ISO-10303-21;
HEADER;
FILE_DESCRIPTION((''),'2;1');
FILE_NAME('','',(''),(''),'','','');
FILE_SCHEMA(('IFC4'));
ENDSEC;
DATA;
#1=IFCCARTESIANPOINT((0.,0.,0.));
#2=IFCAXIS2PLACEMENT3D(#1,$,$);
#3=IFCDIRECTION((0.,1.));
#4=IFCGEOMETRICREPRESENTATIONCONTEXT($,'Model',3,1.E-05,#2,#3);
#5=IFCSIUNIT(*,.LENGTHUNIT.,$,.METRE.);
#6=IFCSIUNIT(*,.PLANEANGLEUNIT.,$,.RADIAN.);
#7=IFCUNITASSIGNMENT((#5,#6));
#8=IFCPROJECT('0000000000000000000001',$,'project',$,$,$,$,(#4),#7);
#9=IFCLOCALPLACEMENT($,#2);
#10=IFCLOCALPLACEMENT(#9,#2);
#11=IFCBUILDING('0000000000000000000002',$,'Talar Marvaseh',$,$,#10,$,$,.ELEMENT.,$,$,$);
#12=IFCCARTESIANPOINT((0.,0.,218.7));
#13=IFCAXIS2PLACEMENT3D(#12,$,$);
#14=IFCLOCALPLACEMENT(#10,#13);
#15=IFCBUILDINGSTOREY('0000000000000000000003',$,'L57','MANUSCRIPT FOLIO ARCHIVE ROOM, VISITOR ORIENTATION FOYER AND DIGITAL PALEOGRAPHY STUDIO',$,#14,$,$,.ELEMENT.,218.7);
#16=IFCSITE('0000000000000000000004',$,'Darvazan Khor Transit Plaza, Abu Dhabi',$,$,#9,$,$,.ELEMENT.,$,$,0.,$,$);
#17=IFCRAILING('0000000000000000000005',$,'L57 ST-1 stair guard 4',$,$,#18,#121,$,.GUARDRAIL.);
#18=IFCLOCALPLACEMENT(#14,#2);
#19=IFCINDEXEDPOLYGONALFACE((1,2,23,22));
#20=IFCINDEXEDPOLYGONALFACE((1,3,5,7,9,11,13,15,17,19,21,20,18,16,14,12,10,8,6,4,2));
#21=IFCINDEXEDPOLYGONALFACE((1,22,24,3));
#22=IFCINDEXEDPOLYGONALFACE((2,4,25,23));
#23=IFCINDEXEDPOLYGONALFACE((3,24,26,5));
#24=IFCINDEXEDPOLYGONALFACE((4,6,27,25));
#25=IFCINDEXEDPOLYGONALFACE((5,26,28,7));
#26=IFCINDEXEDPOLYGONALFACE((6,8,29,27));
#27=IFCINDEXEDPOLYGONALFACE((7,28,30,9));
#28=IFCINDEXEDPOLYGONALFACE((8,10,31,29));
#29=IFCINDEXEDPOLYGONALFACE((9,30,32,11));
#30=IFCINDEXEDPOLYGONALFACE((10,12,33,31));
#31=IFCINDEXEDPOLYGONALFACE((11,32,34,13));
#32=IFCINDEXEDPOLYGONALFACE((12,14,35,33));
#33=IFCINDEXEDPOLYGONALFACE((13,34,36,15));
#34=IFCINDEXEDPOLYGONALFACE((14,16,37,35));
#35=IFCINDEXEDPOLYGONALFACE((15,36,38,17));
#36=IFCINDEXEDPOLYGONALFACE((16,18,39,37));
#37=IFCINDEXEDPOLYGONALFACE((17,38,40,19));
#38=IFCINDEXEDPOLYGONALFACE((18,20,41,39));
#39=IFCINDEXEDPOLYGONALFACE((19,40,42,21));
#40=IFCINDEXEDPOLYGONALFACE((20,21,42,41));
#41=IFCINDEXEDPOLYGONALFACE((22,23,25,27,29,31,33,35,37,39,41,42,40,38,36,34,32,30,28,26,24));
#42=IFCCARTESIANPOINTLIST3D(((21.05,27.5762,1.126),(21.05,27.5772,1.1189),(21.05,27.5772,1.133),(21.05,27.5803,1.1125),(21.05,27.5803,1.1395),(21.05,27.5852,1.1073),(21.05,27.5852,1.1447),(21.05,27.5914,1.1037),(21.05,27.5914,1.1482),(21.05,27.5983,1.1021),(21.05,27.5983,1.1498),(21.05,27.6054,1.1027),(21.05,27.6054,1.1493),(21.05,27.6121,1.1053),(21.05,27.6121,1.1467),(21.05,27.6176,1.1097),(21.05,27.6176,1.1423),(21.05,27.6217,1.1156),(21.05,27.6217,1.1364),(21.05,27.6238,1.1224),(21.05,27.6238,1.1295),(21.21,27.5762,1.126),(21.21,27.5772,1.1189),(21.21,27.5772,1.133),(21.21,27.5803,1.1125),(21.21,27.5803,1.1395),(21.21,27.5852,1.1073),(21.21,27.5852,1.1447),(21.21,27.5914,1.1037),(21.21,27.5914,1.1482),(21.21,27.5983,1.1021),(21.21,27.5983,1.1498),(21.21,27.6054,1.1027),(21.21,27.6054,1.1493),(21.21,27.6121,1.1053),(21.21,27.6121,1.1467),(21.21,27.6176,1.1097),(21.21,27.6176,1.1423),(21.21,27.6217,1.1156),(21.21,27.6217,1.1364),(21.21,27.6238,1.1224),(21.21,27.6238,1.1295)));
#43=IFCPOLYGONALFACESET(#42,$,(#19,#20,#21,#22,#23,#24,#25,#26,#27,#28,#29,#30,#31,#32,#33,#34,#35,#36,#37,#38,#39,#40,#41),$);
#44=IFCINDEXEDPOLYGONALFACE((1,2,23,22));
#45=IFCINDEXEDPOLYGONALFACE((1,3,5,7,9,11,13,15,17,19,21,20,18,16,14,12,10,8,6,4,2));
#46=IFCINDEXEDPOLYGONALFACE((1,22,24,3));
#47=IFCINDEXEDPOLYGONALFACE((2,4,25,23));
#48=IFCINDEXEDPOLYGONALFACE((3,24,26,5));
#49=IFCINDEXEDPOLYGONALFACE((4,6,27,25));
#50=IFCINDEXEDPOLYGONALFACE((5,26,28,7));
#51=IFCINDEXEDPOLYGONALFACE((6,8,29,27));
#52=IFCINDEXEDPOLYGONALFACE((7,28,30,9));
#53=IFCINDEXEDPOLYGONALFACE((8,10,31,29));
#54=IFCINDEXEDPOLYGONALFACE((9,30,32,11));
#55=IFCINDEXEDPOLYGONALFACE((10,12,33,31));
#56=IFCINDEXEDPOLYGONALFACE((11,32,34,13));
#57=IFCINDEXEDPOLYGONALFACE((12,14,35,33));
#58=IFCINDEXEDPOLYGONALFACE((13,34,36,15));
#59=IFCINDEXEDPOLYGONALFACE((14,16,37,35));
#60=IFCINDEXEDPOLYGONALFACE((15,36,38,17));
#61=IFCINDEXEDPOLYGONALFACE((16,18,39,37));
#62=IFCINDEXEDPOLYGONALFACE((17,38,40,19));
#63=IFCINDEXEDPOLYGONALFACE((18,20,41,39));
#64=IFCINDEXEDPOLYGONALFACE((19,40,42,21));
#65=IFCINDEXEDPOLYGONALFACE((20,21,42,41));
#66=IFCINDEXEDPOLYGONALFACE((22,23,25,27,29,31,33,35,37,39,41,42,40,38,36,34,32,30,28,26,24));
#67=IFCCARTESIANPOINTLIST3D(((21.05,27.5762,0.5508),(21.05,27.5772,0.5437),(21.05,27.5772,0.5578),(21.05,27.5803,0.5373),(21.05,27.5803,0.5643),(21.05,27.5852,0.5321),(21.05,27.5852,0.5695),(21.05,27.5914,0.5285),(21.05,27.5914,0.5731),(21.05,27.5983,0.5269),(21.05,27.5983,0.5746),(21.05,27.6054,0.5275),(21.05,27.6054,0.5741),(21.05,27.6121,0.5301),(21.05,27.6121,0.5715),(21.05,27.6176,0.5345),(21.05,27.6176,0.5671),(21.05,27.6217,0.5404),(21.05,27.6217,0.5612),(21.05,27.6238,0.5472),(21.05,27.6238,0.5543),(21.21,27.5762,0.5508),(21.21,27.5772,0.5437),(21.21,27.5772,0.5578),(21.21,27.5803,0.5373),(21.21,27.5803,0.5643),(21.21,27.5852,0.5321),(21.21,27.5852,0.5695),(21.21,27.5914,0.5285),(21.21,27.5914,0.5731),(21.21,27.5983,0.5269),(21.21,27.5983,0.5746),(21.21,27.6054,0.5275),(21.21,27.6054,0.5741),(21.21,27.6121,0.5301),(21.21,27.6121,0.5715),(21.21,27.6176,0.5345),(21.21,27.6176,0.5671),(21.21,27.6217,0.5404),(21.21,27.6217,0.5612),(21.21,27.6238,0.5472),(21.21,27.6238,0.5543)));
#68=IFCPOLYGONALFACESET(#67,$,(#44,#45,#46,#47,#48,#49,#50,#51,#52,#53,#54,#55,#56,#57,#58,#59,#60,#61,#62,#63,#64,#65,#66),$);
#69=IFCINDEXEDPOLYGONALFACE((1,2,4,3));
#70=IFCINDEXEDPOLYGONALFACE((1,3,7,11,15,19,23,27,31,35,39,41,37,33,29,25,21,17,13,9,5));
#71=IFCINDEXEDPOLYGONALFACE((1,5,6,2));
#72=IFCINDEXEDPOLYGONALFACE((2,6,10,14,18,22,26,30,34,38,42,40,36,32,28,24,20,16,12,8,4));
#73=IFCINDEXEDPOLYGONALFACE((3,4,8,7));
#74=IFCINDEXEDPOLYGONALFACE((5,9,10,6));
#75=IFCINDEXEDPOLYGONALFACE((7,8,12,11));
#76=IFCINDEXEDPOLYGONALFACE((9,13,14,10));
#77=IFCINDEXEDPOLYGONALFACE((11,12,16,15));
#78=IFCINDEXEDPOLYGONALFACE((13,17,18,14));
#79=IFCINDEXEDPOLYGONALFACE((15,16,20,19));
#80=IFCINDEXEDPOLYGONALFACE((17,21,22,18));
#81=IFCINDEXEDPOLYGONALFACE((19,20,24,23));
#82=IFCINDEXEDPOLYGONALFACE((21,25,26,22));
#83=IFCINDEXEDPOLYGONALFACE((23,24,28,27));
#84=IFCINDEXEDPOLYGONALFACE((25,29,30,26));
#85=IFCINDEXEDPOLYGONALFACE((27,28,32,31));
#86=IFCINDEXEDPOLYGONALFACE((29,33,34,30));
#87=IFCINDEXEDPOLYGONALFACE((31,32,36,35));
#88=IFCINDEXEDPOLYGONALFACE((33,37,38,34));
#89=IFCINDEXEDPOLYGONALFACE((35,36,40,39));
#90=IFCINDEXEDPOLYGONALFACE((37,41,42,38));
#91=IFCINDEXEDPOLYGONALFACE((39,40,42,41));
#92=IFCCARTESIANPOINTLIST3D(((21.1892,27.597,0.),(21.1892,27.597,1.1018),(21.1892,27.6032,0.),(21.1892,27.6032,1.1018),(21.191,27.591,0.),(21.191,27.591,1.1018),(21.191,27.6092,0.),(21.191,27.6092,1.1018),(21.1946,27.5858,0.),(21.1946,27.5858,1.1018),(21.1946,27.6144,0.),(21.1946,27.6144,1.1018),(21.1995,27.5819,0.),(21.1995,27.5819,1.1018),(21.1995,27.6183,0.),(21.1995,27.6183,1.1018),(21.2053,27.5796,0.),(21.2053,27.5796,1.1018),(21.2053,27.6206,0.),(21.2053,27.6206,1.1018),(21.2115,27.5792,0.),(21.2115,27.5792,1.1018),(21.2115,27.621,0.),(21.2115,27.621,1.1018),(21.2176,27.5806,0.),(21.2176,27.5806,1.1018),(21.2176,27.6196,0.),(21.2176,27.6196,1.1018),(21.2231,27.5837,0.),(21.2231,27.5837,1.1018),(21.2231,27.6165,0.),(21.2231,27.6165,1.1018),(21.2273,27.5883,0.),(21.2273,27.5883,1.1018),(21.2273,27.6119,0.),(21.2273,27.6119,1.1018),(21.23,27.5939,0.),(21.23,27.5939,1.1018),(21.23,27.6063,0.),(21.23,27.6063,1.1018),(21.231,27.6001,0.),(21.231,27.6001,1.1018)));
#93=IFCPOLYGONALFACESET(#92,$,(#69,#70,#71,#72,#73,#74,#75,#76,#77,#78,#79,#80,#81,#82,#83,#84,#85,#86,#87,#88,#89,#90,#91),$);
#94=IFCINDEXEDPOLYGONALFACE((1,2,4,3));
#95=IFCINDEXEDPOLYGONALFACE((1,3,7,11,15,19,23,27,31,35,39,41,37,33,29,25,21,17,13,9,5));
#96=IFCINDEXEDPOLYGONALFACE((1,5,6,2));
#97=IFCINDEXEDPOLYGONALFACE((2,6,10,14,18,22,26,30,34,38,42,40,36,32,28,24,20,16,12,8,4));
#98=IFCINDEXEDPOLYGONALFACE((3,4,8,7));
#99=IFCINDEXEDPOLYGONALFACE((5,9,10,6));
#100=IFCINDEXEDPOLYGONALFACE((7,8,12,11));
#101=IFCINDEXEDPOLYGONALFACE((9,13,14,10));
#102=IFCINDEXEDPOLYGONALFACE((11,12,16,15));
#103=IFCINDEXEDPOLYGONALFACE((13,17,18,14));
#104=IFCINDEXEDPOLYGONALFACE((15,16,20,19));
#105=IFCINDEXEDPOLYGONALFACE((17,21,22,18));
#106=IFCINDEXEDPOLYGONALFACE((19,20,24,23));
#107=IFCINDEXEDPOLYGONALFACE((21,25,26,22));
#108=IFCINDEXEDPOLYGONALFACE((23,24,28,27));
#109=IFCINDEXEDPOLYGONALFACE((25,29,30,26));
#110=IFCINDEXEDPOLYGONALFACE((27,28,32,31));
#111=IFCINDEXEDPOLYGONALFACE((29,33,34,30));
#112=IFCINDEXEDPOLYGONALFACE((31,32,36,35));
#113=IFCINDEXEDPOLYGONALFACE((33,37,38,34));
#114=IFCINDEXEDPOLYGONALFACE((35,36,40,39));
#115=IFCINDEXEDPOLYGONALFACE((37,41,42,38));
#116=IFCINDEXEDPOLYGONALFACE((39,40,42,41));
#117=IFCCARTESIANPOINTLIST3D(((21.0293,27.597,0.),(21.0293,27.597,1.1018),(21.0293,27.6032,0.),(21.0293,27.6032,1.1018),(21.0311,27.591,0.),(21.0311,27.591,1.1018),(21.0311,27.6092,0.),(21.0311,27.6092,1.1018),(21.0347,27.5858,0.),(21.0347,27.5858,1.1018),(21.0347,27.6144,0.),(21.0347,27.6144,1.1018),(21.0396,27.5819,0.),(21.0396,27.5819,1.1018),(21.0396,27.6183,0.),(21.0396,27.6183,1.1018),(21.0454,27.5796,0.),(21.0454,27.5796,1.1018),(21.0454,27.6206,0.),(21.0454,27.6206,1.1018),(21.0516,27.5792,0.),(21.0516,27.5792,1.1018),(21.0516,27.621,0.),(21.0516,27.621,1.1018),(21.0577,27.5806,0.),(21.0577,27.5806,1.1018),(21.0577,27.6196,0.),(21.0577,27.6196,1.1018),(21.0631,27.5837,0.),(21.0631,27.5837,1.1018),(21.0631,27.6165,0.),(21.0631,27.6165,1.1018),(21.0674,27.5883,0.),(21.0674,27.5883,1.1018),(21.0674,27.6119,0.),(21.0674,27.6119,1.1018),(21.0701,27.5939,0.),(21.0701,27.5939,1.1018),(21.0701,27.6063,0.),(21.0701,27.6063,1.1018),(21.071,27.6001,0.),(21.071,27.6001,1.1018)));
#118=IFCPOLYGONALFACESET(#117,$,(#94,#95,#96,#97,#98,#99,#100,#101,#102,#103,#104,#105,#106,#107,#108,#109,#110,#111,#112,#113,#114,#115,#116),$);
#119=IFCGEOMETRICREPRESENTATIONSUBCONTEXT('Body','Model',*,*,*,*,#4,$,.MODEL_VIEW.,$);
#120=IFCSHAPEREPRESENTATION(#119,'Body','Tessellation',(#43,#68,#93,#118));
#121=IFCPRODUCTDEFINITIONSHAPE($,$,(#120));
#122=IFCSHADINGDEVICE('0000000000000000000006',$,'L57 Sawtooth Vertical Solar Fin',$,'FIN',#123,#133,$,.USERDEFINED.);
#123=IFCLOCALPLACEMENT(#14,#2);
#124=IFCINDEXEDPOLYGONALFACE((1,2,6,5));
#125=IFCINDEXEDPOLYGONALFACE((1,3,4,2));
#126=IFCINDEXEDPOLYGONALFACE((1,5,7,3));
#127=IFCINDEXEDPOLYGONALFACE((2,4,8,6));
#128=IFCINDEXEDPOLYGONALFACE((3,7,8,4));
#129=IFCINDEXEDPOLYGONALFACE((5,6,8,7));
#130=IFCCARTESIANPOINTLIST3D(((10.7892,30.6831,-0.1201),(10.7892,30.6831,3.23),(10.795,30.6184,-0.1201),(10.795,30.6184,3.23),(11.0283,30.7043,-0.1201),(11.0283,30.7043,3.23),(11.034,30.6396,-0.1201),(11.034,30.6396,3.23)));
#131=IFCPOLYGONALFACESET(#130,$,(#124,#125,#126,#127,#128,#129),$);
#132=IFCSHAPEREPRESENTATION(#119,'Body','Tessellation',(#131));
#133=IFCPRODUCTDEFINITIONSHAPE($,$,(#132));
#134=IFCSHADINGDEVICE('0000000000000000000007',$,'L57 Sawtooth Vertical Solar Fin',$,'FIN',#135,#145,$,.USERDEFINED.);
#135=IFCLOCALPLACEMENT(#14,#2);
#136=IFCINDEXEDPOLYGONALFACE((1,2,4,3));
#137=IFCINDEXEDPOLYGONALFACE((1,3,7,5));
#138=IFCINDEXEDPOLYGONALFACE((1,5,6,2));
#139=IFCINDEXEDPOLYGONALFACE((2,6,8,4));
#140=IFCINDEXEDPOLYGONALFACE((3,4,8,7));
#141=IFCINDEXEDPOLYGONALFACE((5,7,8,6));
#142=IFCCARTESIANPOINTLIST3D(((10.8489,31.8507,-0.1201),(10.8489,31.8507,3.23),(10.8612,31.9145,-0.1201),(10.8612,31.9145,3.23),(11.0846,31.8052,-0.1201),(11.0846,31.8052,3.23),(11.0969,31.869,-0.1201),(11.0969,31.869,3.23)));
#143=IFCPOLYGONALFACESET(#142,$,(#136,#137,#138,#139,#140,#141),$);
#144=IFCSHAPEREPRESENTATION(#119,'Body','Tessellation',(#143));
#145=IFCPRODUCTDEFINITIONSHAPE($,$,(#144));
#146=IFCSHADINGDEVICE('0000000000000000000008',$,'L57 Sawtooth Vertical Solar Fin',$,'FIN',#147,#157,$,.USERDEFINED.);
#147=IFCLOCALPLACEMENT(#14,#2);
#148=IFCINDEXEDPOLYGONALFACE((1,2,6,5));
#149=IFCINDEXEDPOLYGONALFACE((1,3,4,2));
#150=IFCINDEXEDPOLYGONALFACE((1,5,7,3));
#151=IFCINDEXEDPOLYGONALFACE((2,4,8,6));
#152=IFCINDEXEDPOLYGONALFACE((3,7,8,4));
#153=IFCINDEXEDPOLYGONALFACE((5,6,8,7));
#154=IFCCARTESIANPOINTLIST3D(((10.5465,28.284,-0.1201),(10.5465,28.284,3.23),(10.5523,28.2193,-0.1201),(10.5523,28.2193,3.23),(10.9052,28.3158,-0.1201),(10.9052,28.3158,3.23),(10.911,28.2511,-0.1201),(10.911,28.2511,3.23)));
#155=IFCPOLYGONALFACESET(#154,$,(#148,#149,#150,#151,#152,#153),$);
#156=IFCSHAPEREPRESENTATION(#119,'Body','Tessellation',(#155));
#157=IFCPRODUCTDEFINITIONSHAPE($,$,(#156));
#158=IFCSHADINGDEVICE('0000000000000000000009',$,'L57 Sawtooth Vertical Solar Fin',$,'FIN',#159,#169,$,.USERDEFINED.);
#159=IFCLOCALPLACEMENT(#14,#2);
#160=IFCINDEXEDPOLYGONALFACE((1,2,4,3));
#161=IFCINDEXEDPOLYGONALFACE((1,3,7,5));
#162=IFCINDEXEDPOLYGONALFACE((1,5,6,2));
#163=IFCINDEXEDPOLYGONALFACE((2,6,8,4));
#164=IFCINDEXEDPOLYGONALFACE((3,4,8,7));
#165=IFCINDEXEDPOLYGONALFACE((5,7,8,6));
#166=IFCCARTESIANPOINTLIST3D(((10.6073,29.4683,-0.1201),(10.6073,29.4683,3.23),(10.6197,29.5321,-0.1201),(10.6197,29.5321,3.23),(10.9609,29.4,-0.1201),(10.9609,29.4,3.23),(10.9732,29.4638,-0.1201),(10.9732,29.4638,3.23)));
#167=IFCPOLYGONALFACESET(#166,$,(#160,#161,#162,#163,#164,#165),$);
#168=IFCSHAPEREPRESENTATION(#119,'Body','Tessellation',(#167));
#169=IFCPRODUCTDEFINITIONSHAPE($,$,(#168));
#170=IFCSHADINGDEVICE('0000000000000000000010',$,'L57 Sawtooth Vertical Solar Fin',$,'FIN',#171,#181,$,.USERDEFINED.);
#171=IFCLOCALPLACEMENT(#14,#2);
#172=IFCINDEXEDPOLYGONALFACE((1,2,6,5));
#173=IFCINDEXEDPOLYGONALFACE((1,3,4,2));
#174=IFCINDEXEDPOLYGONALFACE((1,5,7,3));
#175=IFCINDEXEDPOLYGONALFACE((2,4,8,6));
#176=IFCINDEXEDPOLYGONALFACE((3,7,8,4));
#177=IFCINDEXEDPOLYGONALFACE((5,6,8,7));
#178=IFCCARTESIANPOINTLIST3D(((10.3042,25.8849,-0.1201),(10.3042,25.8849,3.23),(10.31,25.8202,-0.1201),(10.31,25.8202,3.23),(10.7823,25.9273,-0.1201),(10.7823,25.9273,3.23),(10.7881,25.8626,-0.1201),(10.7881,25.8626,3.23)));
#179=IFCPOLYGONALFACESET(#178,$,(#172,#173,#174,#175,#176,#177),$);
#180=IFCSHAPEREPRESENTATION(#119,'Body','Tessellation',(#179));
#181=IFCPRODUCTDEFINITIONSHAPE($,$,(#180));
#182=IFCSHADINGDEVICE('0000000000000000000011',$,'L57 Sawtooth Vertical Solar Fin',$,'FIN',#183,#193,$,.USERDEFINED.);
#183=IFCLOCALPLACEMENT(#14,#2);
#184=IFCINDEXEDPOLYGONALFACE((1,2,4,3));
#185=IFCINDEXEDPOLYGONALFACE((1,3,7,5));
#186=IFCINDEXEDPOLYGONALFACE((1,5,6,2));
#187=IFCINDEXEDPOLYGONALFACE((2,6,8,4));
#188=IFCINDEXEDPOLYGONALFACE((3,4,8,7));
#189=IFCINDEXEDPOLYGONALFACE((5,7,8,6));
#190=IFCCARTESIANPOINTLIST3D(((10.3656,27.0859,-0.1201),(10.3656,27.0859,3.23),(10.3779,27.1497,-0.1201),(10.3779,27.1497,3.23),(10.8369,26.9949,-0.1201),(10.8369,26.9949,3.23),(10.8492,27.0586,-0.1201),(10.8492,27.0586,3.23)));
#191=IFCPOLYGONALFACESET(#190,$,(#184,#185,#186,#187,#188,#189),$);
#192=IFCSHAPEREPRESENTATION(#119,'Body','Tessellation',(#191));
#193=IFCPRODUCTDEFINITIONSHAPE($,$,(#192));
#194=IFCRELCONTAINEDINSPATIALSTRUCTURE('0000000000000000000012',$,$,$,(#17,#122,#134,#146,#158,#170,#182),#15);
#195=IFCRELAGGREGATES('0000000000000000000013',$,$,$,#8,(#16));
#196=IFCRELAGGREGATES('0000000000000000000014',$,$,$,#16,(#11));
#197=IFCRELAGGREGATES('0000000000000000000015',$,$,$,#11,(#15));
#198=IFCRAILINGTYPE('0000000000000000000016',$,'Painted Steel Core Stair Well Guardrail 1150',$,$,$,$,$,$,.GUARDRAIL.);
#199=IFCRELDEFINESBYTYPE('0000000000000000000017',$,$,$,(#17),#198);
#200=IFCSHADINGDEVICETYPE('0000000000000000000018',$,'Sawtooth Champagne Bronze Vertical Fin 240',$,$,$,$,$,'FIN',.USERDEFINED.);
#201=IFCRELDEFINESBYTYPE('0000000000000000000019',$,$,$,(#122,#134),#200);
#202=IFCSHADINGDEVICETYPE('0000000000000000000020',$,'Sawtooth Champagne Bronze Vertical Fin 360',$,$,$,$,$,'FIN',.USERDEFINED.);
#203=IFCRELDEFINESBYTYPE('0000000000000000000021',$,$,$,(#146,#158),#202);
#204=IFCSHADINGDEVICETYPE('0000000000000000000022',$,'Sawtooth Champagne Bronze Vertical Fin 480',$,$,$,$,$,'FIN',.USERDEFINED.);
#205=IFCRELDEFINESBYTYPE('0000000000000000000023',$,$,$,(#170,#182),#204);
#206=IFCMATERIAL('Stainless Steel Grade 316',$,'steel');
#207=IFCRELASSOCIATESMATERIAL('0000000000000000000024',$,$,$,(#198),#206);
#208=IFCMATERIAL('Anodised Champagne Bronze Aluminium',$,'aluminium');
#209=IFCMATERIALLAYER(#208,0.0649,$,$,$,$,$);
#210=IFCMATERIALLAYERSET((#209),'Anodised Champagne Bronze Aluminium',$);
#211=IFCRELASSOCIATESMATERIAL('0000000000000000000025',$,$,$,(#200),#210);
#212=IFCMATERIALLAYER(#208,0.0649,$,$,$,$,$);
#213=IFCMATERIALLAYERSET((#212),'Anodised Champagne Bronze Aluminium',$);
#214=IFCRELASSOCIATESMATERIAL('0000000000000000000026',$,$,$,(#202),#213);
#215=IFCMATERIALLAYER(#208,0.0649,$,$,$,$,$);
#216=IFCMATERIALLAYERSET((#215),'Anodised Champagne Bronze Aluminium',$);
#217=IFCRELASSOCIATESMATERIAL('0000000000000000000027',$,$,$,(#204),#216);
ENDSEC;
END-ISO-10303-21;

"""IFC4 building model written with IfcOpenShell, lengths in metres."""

from ifc_helpers import new_model, si_unit, direction, frame, origin, origin_2d, place, context, subcontext, project, spatial, rectangle, circle, extrude, source, transform, mapped, material, layer, layer_set, type_object, type_shapes, element, save


model = new_model("IFC4")

# Units and contexts
model_context = context("Model", 3, precision=1e-05, world=origin(), true_north=direction((0.0, 1.0)))
body_context = subcontext(model_context, "Body", "Model", "MODEL_VIEW")
ifc_project = project(units=[si_unit("LENGTHUNIT", "METRE"), si_unit("PLANEANGLEUNIT", "RADIAN")], contexts=[model_context])

# Site, building, storey
site_placement = place(None, origin())
site = spatial("IfcSite", under=ifc_project, at=site_placement, Name="Darvazan Khor Transit Plaza, Abu Dhabi", CompositionType="ELEMENT", RefElevation=0.0)
building_placement = place(site_placement, origin())
building = spatial("IfcBuilding", under=site, at=building_placement, Name="Talar Marvaseh", CompositionType="ELEMENT")
storey_placement = place(building_placement, frame((0.0, 0.0, 218.7)))
storey = spatial("IfcBuildingStorey", under=building, at=storey_placement, Name="L57", Description="MANUSCRIPT FOLIO ARCHIVE ROOM, VISITOR ORIENTATION FOYER AND DIGITAL PALEOGRAPHY STUDIO", CompositionType="ELEMENT", Elevation=218.7)

# Railing
ifc_material_1 = material(Name="Stainless Steel Grade 316", Category="steel")
railing_type_1 = type_object("IfcRailingType", Name="Painted Steel Core Stair Well Guardrail 1150", PredefinedType="GUARDRAIL", material=ifc_material_1)
railing_1_placement = place(storey_placement, frame((21.21, 27.6001, 0.0)))
element("IfcRailing", 1, at=railing_1_placement, inside=storey, type_object=railing_type_1, Name="L57 ST-1 stair guard 4", PredefinedType="GUARDRAIL", context=body_context, shape_type="SweptSolid", body=[
    extrude(circle(Radius=0.0239, at=origin_2d()), frame((0.0, 0.0, 1.126), z_axis=(-1.0, 0.0, 0.0), x_axis=(0.0, -1.0, 0.0)), (0.0, 0.0, 1.0), 0.1599),
    extrude(circle(Radius=0.0239, at=origin_2d()), frame((0.0, 0.0, 0.5508), z_axis=(-1.0, 0.0, 0.0), x_axis=(0.0, -1.0, 0.0)), (0.0, 0.0, 1.0), 0.1599),
    extrude(circle(Radius=0.021, at=origin_2d()), origin(), (0.0, 0.0, 1.0), 1.1018),
    extrude(circle(Radius=0.021, at=origin_2d()), frame((-0.1599, 0.0, 0.0)), (0.0, 0.0, 1.0), 1.1018),
])

# Shading devices
ifc_material_2 = material(Name="Anodised Champagne Bronze Aluminium", Category="aluminium")
ifc_layer_1 = layer(ifc_material_2, 0.0649)
ifc_layer_set_1 = layer_set([ifc_layer_1], Name="Anodised Champagne Bronze Aluminium")
shading_device_type_1 = type_object("IfcShadingDeviceType", Name="Sawtooth Champagne Bronze Vertical Fin 240", ElementType="FIN", PredefinedType="USERDEFINED", material=ifc_layer_set_1)
shared_shape_1 = source(origin(), body_context, "Body", "SweptSolid", [
    extrude(rectangle(XDim=0.24, YDim=0.0649, at=origin_2d()), origin(), (0.0, 0.0, 1.0), 3.3501),
])
type_shapes(shading_device_type_1, [shared_shape_1])
for number, where, z_axis, x_axis, name in (
    (2, (10.9116, 30.6614, -0.1201), (0.0, 0.0, 1.0), (-0.996087, -0.088373, 0.0), "L57 Sawtooth Vertical Solar Fin"),
    (3, (10.9729, 31.8599, -0.1201), (0.0, 0.0, 1.0), (-0.98186, 0.18961, 0.0), "L57 Sawtooth Vertical Solar Fin"),
):
    element("IfcShadingDevice", number, at=place(storey_placement, frame(where, z_axis=z_axis, x_axis=x_axis)), inside=storey, type_object=shading_device_type_1, Name=name, ObjectType="FIN", PredefinedType="USERDEFINED", context=body_context, shape_type="MappedRepresentation", body=[
        mapped(shared_shape_1, transform((0.0, 0.0, 0.0), x_axis=(1.0, 0.0, 0.0), y_axis=(0.0, 1.0, 0.0), z_axis=(0.0, 0.0, 1.0), scale=1.0)),
    ])
ifc_layer_2 = layer(ifc_material_2, 0.0649)
ifc_layer_set_2 = layer_set([ifc_layer_2], Name="Anodised Champagne Bronze Aluminium")
shading_device_type_2 = type_object("IfcShadingDeviceType", Name="Sawtooth Champagne Bronze Vertical Fin 360", ElementType="FIN", PredefinedType="USERDEFINED", material=ifc_layer_set_2)
shared_shape_2 = source(origin(), body_context, "Body", "SweptSolid", [
    extrude(rectangle(XDim=0.3601, YDim=0.0649, at=origin_2d()), origin(), (0.0, 0.0, 1.0), 3.3501),
])
type_shapes(shading_device_type_2, [shared_shape_2])
for number, where, z_axis, x_axis, name in (
    (4, (10.7288, 28.2676, -0.1201), (0.0, 0.0, 1.0), (-0.996087, -0.088373, 0.0), "L57 Sawtooth Vertical Solar Fin"),
    (5, (10.7903, 29.4661, -0.1201), (0.0, 0.0, 1.0), (-0.98186, 0.18961, 0.0), "L57 Sawtooth Vertical Solar Fin"),
):
    element("IfcShadingDevice", number, at=place(storey_placement, frame(where, z_axis=z_axis, x_axis=x_axis)), inside=storey, type_object=shading_device_type_2, Name=name, ObjectType="FIN", PredefinedType="USERDEFINED", context=body_context, shape_type="MappedRepresentation", body=[
        mapped(shared_shape_2, transform((0.0, 0.0, 0.0), x_axis=(1.0, 0.0, 0.0), y_axis=(0.0, 1.0, 0.0), z_axis=(0.0, 0.0, 1.0), scale=1.0)),
    ])
ifc_layer_3 = layer(ifc_material_2, 0.0649)
ifc_layer_set_3 = layer_set([ifc_layer_3], Name="Anodised Champagne Bronze Aluminium")
shading_device_type_3 = type_object("IfcShadingDeviceType", Name="Sawtooth Champagne Bronze Vertical Fin 480", ElementType="FIN", PredefinedType="USERDEFINED", material=ifc_layer_set_3)
shared_shape_3 = source(origin(), body_context, "Body", "SweptSolid", [
    extrude(rectangle(XDim=0.48, YDim=0.0649, at=origin_2d()), origin(), (0.0, 0.0, 1.0), 3.3501),
])
type_shapes(shading_device_type_3, [shared_shape_3])
for number, where, z_axis, x_axis, name in (
    (6, (10.5461, 25.8738, -0.1201), (0.0, 0.0, 1.0), (-0.996087, -0.088373, 0.0), "L57 Sawtooth Vertical Solar Fin"),
    (7, (10.6074, 27.0723, -0.1201), (0.0, 0.0, 1.0), (-0.98186, 0.18961, 0.0), "L57 Sawtooth Vertical Solar Fin"),
):
    element("IfcShadingDevice", number, at=place(storey_placement, frame(where, z_axis=z_axis, x_axis=x_axis)), inside=storey, type_object=shading_device_type_3, Name=name, ObjectType="FIN", PredefinedType="USERDEFINED", context=body_context, shape_type="MappedRepresentation", body=[
        mapped(shared_shape_3, transform((0.0, 0.0, 0.0), x_axis=(1.0, 0.0, 0.0), y_axis=(0.0, 1.0, 0.0), z_axis=(0.0, 0.0, 1.0), scale=1.0)),
    ])

save(model, "model.ifc")
